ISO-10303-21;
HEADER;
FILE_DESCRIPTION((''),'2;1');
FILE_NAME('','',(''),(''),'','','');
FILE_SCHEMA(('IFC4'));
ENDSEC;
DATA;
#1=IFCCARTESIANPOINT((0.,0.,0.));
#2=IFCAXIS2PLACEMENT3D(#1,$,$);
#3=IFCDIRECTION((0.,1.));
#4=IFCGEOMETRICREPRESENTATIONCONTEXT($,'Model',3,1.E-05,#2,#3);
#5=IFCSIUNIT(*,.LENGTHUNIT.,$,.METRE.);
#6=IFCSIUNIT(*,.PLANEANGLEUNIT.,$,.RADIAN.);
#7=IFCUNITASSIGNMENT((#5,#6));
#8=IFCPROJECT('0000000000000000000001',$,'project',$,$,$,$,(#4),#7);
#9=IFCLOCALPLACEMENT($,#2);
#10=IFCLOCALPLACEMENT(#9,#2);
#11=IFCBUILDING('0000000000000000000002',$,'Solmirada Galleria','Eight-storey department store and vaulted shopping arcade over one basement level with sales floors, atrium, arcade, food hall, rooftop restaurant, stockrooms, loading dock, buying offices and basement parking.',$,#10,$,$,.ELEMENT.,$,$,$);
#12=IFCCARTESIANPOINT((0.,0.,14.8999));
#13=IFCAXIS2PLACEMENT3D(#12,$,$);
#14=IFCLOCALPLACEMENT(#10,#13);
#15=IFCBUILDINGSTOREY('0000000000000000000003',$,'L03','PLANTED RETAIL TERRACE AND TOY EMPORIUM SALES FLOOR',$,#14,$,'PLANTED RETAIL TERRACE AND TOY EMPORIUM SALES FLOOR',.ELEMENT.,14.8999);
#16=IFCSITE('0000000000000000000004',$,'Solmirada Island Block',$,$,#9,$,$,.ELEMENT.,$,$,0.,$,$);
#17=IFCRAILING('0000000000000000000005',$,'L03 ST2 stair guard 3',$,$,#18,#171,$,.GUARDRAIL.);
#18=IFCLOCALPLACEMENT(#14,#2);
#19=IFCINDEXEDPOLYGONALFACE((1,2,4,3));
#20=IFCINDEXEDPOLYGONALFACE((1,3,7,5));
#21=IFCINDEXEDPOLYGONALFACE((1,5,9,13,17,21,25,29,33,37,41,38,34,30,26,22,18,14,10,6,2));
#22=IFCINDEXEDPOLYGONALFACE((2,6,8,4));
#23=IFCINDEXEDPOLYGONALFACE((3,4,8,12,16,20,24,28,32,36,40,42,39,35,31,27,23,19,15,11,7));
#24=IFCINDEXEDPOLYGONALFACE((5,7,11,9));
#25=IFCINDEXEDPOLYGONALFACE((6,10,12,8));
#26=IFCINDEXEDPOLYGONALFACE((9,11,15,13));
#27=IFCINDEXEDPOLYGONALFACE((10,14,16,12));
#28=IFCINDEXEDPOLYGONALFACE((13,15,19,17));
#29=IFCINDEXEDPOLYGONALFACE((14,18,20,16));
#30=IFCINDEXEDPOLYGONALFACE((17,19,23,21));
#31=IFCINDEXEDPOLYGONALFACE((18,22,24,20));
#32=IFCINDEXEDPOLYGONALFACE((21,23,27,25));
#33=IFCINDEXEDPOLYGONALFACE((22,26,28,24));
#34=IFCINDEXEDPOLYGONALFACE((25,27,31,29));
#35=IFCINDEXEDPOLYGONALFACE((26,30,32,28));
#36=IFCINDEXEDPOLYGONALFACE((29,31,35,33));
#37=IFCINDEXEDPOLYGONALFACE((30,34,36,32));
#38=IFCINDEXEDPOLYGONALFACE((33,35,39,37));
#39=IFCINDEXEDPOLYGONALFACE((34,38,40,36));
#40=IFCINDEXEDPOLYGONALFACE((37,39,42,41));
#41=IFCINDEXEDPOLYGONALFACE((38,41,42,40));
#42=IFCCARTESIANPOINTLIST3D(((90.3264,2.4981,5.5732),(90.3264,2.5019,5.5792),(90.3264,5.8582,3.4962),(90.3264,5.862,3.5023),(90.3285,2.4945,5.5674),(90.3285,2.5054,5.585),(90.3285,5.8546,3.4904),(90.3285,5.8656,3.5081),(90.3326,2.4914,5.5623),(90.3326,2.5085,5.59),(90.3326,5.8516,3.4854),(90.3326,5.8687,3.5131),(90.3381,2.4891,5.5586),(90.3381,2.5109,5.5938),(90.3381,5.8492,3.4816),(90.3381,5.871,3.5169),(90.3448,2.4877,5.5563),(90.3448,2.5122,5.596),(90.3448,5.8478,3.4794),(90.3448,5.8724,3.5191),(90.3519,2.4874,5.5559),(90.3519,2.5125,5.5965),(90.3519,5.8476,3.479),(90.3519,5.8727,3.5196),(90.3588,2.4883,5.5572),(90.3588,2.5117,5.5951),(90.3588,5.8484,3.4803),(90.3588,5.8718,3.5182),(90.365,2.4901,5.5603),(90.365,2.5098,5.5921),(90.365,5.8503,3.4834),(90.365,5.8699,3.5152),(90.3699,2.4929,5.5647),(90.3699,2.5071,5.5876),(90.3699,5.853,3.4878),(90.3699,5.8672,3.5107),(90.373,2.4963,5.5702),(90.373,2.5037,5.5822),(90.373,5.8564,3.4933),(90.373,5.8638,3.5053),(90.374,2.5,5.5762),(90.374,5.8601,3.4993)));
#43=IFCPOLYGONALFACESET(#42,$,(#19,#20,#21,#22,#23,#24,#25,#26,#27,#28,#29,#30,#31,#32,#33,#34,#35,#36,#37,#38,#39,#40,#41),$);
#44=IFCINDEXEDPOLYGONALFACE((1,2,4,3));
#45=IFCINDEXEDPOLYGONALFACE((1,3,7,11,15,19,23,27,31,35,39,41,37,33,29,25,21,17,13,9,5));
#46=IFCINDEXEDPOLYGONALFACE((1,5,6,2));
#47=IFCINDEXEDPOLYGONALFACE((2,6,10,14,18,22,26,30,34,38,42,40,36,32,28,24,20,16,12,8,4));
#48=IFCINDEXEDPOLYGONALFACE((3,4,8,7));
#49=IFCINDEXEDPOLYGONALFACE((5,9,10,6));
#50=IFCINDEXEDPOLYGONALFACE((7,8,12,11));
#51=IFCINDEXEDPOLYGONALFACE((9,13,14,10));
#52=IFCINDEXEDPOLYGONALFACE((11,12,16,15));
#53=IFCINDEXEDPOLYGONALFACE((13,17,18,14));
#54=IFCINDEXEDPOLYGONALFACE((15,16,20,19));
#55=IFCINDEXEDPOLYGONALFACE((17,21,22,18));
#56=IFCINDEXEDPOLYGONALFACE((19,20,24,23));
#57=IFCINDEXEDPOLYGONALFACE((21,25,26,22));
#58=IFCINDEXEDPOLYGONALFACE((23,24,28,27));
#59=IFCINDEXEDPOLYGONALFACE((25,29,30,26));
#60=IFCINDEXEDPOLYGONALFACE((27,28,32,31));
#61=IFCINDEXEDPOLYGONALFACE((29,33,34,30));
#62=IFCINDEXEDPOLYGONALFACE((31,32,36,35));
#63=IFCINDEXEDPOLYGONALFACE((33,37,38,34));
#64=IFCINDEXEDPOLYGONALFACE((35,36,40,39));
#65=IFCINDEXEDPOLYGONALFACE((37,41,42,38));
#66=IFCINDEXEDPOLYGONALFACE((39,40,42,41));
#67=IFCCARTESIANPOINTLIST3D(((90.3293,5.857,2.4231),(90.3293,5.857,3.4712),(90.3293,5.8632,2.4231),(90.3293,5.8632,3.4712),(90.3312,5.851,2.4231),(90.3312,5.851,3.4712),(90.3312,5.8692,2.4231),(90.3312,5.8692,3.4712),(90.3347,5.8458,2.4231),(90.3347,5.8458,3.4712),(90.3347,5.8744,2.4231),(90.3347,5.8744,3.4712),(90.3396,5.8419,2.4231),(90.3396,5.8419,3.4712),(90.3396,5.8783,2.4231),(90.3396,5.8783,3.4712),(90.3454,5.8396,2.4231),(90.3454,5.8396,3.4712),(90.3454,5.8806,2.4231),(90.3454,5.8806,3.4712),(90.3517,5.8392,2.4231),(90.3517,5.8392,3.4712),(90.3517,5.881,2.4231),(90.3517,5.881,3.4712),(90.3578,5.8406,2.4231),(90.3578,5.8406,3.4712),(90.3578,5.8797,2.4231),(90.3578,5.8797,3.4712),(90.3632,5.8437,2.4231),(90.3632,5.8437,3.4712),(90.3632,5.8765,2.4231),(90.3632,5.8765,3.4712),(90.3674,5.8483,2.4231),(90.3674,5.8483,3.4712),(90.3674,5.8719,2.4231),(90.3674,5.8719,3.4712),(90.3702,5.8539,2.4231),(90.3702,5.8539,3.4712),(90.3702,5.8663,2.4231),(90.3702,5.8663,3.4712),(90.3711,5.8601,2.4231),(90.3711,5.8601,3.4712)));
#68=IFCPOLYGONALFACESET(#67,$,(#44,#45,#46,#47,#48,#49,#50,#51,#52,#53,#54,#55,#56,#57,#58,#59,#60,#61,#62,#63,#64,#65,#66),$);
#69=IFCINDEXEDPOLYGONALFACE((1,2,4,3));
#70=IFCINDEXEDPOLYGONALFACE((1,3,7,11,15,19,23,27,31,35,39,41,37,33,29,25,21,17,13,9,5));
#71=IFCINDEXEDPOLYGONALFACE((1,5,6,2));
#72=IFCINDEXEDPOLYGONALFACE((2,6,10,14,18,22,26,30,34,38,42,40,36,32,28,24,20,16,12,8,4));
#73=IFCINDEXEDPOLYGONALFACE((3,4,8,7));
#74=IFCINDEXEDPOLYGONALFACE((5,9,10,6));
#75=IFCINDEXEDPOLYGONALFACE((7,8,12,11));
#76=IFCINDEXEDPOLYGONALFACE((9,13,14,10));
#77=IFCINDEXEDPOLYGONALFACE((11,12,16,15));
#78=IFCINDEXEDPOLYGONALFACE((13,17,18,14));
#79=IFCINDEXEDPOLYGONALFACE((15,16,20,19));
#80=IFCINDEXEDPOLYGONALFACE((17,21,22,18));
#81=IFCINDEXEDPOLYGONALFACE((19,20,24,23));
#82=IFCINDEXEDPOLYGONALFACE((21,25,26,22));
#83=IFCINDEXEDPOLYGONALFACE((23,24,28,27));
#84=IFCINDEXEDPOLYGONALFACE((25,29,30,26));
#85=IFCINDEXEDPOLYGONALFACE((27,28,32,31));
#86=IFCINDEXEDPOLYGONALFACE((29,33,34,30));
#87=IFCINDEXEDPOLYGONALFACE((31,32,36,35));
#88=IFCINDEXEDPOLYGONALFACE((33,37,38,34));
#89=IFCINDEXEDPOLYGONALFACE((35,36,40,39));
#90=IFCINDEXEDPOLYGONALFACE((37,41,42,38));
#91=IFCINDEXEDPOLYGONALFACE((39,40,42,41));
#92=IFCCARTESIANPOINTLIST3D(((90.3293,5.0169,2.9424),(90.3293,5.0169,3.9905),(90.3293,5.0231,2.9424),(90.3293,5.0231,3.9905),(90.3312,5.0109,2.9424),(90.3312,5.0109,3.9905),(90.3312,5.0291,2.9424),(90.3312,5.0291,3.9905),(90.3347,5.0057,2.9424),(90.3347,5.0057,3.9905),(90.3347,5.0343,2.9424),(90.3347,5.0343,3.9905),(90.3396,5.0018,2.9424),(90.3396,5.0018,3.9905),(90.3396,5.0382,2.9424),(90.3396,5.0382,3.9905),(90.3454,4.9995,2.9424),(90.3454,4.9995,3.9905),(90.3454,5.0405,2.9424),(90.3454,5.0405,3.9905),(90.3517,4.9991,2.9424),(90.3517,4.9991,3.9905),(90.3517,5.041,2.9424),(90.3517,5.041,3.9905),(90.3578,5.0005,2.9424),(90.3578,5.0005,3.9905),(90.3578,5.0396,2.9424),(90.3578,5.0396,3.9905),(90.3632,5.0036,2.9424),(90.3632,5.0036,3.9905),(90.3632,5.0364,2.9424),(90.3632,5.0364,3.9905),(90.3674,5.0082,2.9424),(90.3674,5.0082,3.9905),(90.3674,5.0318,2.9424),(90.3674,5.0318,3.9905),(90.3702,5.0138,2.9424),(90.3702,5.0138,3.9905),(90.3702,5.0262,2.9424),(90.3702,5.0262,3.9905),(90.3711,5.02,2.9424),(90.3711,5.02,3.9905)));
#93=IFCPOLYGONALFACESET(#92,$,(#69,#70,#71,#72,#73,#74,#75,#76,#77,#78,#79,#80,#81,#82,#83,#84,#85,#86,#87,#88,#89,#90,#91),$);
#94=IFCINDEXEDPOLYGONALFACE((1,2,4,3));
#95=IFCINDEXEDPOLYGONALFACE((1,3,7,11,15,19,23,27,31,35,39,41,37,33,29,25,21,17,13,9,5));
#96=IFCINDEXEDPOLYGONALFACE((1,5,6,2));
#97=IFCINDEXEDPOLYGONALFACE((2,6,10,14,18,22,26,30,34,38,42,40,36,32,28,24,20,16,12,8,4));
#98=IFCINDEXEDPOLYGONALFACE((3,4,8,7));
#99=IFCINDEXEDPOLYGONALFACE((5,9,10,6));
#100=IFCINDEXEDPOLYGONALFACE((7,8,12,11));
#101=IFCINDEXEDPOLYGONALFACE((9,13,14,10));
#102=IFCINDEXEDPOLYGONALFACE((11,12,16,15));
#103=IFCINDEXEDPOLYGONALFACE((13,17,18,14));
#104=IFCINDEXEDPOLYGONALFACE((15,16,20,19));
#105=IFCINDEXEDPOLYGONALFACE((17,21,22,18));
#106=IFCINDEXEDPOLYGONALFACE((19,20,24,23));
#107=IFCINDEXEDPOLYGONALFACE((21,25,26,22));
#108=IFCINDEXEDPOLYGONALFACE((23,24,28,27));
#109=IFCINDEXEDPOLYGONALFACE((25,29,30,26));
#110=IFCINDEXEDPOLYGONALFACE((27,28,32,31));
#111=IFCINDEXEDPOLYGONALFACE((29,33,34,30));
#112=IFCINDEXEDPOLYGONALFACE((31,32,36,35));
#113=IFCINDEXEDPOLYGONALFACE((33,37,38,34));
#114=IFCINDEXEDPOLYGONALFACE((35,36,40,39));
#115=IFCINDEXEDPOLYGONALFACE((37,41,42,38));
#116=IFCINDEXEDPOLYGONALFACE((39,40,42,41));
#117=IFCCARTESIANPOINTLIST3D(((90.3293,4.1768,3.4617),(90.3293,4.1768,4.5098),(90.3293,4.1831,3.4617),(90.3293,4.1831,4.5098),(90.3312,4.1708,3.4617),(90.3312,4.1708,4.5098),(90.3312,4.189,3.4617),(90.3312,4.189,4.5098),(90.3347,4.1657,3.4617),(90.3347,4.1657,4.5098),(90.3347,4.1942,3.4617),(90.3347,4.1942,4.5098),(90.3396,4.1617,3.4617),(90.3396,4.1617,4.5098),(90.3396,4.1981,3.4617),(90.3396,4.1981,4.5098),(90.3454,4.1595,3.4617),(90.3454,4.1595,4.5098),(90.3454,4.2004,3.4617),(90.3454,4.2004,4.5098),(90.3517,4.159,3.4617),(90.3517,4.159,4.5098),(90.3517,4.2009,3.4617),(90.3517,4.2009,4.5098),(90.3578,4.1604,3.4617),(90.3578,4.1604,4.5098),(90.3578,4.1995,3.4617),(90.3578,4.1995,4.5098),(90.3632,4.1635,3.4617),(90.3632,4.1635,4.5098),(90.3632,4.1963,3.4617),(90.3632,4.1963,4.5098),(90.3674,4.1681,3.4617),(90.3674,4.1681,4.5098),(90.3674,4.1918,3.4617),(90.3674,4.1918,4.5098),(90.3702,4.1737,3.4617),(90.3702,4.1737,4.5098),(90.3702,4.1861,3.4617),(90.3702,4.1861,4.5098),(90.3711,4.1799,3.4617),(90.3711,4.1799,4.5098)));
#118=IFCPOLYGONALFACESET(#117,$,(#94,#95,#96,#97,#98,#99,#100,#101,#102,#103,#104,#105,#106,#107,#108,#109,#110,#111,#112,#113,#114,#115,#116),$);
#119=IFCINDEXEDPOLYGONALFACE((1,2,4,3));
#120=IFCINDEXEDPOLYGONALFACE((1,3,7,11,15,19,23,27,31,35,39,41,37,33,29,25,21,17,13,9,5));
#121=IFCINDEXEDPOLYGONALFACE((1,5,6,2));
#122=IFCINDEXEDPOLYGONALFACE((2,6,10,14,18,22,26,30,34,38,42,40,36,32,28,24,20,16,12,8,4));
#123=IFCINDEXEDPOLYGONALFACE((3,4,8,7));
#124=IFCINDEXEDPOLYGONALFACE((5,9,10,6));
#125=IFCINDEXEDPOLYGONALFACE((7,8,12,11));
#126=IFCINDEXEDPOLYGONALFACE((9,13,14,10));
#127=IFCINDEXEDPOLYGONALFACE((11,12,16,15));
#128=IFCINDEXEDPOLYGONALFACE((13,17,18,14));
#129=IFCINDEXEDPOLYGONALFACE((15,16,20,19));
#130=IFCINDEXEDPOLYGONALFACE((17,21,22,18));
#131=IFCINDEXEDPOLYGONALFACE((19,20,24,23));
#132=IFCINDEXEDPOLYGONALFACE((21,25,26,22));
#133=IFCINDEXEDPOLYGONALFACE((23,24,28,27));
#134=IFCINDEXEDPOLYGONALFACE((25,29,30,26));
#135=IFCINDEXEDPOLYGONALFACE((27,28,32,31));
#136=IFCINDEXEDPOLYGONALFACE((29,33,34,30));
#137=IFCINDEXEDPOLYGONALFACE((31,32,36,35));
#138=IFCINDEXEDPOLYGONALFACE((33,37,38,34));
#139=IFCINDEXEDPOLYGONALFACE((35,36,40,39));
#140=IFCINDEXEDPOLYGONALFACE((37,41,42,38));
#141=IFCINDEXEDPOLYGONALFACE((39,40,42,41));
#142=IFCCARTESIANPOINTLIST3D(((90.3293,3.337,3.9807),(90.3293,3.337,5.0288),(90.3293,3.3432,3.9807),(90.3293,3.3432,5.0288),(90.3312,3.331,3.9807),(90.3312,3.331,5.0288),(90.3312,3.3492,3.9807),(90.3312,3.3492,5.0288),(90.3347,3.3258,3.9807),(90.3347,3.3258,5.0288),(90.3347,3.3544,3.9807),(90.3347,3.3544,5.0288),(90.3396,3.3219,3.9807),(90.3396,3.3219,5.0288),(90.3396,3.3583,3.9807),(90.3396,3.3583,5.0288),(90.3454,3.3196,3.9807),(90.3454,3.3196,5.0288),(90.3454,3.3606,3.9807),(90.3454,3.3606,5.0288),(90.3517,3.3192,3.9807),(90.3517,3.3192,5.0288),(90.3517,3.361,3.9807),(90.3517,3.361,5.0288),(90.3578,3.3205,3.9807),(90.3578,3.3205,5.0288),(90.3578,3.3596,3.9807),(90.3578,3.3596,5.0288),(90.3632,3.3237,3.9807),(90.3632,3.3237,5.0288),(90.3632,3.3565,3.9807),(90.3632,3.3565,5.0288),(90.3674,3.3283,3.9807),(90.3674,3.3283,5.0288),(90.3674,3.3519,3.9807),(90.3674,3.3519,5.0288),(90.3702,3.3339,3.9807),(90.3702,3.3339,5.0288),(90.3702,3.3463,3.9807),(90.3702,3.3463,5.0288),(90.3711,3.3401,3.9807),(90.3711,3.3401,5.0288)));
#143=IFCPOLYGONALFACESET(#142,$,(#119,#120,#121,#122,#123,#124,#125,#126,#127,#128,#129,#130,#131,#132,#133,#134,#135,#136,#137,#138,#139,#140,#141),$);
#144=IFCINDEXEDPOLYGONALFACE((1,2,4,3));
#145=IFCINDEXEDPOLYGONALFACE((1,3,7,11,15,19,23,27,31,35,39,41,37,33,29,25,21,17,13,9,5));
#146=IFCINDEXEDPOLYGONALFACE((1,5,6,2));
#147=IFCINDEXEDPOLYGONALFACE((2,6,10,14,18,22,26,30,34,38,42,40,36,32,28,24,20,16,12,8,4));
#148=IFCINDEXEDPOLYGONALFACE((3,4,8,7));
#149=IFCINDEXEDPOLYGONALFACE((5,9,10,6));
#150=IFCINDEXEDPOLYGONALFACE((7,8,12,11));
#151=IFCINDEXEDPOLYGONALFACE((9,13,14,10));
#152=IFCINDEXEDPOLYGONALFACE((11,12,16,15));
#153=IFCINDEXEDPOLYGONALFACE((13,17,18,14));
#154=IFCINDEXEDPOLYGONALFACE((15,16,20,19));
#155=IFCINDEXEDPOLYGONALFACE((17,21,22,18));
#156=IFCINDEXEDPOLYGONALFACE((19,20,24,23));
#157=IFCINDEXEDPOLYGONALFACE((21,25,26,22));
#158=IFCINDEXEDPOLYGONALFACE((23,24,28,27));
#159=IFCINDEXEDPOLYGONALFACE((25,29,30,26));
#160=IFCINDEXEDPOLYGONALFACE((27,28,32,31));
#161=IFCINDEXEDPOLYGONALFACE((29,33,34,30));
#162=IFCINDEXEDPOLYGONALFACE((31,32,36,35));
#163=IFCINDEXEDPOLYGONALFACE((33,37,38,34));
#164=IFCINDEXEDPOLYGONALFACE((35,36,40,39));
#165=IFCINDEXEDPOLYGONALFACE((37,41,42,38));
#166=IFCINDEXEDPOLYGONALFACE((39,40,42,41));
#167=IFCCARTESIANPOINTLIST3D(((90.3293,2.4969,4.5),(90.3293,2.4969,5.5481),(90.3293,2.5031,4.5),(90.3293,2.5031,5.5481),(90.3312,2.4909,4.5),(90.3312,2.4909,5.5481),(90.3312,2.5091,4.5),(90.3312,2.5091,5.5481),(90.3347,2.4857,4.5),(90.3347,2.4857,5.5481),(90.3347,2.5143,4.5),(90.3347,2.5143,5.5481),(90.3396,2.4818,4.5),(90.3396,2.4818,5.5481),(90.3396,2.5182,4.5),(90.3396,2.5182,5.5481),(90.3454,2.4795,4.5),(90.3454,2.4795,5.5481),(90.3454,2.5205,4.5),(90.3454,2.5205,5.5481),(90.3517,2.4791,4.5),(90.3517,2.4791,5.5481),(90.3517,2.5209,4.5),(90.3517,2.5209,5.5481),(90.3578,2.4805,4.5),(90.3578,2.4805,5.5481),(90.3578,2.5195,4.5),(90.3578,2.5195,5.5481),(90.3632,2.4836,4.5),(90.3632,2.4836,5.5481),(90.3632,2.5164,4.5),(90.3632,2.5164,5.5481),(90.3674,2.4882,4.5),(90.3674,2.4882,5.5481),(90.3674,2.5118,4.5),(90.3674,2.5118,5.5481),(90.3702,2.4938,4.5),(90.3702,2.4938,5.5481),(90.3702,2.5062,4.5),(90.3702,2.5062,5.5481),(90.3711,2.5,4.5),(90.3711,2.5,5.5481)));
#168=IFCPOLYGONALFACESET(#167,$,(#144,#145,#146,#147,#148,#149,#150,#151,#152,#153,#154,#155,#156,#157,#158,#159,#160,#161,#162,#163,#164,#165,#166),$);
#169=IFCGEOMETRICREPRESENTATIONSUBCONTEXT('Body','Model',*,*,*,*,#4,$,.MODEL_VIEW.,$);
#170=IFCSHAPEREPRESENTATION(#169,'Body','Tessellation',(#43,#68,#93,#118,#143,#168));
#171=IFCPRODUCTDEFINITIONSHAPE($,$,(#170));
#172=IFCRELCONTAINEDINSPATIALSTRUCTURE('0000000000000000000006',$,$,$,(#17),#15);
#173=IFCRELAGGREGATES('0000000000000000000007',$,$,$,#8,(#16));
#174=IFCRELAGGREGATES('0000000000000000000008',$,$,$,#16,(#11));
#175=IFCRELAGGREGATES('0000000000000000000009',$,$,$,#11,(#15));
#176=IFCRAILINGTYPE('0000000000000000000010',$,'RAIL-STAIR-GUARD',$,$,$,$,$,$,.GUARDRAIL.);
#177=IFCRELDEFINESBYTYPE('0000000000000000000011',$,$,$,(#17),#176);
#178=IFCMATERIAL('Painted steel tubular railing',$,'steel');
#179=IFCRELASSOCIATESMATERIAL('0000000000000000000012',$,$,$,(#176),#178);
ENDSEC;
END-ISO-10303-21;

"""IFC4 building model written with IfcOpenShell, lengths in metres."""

from ifc_helpers import new_model, si_unit, direction, frame, origin, origin_2d, place, context, subcontext, project, spatial, circle, extrude, material, type_object, element, save


model = new_model("IFC4")

# Units and contexts
model_context = context("Model", 3, precision=1e-05, world=origin(), true_north=direction((0.0, 1.0)))
body_context = subcontext(model_context, "Body", "Model", "MODEL_VIEW")
ifc_project = project(units=[si_unit("LENGTHUNIT", "METRE"), si_unit("PLANEANGLEUNIT", "RADIAN")], contexts=[model_context])

# Site, building, storey
site_placement = place(None, origin())
site = spatial("IfcSite", under=ifc_project, at=site_placement, Name="Solmirada Island Block", CompositionType="ELEMENT", RefElevation=0.0)
building_placement = place(site_placement, origin())
building = spatial("IfcBuilding", under=site, at=building_placement, Name="Solmirada Galleria", Description="Eight-storey department store and vaulted shopping arcade over one basement level with sales floors, atrium, arcade, food hall, rooftop restaurant, stockrooms, loading dock, buying offices and basement parking.", CompositionType="ELEMENT")
storey_placement = place(building_placement, frame((0.0, 0.0, 14.8999)))
storey = spatial("IfcBuildingStorey", under=building, at=storey_placement, Name="L03", Description="PLANTED RETAIL TERRACE AND TOY EMPORIUM SALES FLOOR", LongName="PLANTED RETAIL TERRACE AND TOY EMPORIUM SALES FLOOR", CompositionType="ELEMENT", Elevation=14.8999)

# Railing
ifc_material_1 = material(Name="Painted steel tubular railing", Category="steel")
railing_type_1 = type_object("IfcRailingType", Name="RAIL-STAIR-GUARD", PredefinedType="GUARDRAIL", material=ifc_material_1)
railing_1_placement = place(storey_placement, frame((90.3501, 5.8601, 2.4231)))
element("IfcRailing", 1, at=railing_1_placement, inside=storey, type_object=railing_type_1, Name="L03 ST2 stair guard 3", PredefinedType="GUARDRAIL", context=body_context, shape_type="SweptSolid", body=[
    extrude(circle(Radius=0.0239, at=origin_2d()), frame((0.0, 0.0, 1.0762), z_axis=(0.0, -0.850623, 0.525776), x_axis=(1.0, 0.0, 0.0)), (0.0, 0.0, 1.0), 3.9502),
    extrude(circle(Radius=0.021, at=origin_2d()), origin(), (0.0, 0.0, 1.0), 1.0481),
    extrude(circle(Radius=0.021, at=origin_2d()), frame((0.0, -0.8401, 0.5193)), (0.0, 0.0, 1.0), 1.0481),
    extrude(circle(Radius=0.021, at=origin_2d()), frame((0.0, -1.6802, 1.0386)), (0.0, 0.0, 1.0), 1.0481),
    extrude(circle(Radius=0.021, at=origin_2d()), frame((0.0, -2.52, 1.5576)), (0.0, 0.0, 1.0), 1.0481),
    extrude(circle(Radius=0.021, at=origin_2d()), frame((0.0, -3.3601, 2.0769)), (0.0, 0.0, 1.0), 1.0481),
])

save(model, "model.ifc")
